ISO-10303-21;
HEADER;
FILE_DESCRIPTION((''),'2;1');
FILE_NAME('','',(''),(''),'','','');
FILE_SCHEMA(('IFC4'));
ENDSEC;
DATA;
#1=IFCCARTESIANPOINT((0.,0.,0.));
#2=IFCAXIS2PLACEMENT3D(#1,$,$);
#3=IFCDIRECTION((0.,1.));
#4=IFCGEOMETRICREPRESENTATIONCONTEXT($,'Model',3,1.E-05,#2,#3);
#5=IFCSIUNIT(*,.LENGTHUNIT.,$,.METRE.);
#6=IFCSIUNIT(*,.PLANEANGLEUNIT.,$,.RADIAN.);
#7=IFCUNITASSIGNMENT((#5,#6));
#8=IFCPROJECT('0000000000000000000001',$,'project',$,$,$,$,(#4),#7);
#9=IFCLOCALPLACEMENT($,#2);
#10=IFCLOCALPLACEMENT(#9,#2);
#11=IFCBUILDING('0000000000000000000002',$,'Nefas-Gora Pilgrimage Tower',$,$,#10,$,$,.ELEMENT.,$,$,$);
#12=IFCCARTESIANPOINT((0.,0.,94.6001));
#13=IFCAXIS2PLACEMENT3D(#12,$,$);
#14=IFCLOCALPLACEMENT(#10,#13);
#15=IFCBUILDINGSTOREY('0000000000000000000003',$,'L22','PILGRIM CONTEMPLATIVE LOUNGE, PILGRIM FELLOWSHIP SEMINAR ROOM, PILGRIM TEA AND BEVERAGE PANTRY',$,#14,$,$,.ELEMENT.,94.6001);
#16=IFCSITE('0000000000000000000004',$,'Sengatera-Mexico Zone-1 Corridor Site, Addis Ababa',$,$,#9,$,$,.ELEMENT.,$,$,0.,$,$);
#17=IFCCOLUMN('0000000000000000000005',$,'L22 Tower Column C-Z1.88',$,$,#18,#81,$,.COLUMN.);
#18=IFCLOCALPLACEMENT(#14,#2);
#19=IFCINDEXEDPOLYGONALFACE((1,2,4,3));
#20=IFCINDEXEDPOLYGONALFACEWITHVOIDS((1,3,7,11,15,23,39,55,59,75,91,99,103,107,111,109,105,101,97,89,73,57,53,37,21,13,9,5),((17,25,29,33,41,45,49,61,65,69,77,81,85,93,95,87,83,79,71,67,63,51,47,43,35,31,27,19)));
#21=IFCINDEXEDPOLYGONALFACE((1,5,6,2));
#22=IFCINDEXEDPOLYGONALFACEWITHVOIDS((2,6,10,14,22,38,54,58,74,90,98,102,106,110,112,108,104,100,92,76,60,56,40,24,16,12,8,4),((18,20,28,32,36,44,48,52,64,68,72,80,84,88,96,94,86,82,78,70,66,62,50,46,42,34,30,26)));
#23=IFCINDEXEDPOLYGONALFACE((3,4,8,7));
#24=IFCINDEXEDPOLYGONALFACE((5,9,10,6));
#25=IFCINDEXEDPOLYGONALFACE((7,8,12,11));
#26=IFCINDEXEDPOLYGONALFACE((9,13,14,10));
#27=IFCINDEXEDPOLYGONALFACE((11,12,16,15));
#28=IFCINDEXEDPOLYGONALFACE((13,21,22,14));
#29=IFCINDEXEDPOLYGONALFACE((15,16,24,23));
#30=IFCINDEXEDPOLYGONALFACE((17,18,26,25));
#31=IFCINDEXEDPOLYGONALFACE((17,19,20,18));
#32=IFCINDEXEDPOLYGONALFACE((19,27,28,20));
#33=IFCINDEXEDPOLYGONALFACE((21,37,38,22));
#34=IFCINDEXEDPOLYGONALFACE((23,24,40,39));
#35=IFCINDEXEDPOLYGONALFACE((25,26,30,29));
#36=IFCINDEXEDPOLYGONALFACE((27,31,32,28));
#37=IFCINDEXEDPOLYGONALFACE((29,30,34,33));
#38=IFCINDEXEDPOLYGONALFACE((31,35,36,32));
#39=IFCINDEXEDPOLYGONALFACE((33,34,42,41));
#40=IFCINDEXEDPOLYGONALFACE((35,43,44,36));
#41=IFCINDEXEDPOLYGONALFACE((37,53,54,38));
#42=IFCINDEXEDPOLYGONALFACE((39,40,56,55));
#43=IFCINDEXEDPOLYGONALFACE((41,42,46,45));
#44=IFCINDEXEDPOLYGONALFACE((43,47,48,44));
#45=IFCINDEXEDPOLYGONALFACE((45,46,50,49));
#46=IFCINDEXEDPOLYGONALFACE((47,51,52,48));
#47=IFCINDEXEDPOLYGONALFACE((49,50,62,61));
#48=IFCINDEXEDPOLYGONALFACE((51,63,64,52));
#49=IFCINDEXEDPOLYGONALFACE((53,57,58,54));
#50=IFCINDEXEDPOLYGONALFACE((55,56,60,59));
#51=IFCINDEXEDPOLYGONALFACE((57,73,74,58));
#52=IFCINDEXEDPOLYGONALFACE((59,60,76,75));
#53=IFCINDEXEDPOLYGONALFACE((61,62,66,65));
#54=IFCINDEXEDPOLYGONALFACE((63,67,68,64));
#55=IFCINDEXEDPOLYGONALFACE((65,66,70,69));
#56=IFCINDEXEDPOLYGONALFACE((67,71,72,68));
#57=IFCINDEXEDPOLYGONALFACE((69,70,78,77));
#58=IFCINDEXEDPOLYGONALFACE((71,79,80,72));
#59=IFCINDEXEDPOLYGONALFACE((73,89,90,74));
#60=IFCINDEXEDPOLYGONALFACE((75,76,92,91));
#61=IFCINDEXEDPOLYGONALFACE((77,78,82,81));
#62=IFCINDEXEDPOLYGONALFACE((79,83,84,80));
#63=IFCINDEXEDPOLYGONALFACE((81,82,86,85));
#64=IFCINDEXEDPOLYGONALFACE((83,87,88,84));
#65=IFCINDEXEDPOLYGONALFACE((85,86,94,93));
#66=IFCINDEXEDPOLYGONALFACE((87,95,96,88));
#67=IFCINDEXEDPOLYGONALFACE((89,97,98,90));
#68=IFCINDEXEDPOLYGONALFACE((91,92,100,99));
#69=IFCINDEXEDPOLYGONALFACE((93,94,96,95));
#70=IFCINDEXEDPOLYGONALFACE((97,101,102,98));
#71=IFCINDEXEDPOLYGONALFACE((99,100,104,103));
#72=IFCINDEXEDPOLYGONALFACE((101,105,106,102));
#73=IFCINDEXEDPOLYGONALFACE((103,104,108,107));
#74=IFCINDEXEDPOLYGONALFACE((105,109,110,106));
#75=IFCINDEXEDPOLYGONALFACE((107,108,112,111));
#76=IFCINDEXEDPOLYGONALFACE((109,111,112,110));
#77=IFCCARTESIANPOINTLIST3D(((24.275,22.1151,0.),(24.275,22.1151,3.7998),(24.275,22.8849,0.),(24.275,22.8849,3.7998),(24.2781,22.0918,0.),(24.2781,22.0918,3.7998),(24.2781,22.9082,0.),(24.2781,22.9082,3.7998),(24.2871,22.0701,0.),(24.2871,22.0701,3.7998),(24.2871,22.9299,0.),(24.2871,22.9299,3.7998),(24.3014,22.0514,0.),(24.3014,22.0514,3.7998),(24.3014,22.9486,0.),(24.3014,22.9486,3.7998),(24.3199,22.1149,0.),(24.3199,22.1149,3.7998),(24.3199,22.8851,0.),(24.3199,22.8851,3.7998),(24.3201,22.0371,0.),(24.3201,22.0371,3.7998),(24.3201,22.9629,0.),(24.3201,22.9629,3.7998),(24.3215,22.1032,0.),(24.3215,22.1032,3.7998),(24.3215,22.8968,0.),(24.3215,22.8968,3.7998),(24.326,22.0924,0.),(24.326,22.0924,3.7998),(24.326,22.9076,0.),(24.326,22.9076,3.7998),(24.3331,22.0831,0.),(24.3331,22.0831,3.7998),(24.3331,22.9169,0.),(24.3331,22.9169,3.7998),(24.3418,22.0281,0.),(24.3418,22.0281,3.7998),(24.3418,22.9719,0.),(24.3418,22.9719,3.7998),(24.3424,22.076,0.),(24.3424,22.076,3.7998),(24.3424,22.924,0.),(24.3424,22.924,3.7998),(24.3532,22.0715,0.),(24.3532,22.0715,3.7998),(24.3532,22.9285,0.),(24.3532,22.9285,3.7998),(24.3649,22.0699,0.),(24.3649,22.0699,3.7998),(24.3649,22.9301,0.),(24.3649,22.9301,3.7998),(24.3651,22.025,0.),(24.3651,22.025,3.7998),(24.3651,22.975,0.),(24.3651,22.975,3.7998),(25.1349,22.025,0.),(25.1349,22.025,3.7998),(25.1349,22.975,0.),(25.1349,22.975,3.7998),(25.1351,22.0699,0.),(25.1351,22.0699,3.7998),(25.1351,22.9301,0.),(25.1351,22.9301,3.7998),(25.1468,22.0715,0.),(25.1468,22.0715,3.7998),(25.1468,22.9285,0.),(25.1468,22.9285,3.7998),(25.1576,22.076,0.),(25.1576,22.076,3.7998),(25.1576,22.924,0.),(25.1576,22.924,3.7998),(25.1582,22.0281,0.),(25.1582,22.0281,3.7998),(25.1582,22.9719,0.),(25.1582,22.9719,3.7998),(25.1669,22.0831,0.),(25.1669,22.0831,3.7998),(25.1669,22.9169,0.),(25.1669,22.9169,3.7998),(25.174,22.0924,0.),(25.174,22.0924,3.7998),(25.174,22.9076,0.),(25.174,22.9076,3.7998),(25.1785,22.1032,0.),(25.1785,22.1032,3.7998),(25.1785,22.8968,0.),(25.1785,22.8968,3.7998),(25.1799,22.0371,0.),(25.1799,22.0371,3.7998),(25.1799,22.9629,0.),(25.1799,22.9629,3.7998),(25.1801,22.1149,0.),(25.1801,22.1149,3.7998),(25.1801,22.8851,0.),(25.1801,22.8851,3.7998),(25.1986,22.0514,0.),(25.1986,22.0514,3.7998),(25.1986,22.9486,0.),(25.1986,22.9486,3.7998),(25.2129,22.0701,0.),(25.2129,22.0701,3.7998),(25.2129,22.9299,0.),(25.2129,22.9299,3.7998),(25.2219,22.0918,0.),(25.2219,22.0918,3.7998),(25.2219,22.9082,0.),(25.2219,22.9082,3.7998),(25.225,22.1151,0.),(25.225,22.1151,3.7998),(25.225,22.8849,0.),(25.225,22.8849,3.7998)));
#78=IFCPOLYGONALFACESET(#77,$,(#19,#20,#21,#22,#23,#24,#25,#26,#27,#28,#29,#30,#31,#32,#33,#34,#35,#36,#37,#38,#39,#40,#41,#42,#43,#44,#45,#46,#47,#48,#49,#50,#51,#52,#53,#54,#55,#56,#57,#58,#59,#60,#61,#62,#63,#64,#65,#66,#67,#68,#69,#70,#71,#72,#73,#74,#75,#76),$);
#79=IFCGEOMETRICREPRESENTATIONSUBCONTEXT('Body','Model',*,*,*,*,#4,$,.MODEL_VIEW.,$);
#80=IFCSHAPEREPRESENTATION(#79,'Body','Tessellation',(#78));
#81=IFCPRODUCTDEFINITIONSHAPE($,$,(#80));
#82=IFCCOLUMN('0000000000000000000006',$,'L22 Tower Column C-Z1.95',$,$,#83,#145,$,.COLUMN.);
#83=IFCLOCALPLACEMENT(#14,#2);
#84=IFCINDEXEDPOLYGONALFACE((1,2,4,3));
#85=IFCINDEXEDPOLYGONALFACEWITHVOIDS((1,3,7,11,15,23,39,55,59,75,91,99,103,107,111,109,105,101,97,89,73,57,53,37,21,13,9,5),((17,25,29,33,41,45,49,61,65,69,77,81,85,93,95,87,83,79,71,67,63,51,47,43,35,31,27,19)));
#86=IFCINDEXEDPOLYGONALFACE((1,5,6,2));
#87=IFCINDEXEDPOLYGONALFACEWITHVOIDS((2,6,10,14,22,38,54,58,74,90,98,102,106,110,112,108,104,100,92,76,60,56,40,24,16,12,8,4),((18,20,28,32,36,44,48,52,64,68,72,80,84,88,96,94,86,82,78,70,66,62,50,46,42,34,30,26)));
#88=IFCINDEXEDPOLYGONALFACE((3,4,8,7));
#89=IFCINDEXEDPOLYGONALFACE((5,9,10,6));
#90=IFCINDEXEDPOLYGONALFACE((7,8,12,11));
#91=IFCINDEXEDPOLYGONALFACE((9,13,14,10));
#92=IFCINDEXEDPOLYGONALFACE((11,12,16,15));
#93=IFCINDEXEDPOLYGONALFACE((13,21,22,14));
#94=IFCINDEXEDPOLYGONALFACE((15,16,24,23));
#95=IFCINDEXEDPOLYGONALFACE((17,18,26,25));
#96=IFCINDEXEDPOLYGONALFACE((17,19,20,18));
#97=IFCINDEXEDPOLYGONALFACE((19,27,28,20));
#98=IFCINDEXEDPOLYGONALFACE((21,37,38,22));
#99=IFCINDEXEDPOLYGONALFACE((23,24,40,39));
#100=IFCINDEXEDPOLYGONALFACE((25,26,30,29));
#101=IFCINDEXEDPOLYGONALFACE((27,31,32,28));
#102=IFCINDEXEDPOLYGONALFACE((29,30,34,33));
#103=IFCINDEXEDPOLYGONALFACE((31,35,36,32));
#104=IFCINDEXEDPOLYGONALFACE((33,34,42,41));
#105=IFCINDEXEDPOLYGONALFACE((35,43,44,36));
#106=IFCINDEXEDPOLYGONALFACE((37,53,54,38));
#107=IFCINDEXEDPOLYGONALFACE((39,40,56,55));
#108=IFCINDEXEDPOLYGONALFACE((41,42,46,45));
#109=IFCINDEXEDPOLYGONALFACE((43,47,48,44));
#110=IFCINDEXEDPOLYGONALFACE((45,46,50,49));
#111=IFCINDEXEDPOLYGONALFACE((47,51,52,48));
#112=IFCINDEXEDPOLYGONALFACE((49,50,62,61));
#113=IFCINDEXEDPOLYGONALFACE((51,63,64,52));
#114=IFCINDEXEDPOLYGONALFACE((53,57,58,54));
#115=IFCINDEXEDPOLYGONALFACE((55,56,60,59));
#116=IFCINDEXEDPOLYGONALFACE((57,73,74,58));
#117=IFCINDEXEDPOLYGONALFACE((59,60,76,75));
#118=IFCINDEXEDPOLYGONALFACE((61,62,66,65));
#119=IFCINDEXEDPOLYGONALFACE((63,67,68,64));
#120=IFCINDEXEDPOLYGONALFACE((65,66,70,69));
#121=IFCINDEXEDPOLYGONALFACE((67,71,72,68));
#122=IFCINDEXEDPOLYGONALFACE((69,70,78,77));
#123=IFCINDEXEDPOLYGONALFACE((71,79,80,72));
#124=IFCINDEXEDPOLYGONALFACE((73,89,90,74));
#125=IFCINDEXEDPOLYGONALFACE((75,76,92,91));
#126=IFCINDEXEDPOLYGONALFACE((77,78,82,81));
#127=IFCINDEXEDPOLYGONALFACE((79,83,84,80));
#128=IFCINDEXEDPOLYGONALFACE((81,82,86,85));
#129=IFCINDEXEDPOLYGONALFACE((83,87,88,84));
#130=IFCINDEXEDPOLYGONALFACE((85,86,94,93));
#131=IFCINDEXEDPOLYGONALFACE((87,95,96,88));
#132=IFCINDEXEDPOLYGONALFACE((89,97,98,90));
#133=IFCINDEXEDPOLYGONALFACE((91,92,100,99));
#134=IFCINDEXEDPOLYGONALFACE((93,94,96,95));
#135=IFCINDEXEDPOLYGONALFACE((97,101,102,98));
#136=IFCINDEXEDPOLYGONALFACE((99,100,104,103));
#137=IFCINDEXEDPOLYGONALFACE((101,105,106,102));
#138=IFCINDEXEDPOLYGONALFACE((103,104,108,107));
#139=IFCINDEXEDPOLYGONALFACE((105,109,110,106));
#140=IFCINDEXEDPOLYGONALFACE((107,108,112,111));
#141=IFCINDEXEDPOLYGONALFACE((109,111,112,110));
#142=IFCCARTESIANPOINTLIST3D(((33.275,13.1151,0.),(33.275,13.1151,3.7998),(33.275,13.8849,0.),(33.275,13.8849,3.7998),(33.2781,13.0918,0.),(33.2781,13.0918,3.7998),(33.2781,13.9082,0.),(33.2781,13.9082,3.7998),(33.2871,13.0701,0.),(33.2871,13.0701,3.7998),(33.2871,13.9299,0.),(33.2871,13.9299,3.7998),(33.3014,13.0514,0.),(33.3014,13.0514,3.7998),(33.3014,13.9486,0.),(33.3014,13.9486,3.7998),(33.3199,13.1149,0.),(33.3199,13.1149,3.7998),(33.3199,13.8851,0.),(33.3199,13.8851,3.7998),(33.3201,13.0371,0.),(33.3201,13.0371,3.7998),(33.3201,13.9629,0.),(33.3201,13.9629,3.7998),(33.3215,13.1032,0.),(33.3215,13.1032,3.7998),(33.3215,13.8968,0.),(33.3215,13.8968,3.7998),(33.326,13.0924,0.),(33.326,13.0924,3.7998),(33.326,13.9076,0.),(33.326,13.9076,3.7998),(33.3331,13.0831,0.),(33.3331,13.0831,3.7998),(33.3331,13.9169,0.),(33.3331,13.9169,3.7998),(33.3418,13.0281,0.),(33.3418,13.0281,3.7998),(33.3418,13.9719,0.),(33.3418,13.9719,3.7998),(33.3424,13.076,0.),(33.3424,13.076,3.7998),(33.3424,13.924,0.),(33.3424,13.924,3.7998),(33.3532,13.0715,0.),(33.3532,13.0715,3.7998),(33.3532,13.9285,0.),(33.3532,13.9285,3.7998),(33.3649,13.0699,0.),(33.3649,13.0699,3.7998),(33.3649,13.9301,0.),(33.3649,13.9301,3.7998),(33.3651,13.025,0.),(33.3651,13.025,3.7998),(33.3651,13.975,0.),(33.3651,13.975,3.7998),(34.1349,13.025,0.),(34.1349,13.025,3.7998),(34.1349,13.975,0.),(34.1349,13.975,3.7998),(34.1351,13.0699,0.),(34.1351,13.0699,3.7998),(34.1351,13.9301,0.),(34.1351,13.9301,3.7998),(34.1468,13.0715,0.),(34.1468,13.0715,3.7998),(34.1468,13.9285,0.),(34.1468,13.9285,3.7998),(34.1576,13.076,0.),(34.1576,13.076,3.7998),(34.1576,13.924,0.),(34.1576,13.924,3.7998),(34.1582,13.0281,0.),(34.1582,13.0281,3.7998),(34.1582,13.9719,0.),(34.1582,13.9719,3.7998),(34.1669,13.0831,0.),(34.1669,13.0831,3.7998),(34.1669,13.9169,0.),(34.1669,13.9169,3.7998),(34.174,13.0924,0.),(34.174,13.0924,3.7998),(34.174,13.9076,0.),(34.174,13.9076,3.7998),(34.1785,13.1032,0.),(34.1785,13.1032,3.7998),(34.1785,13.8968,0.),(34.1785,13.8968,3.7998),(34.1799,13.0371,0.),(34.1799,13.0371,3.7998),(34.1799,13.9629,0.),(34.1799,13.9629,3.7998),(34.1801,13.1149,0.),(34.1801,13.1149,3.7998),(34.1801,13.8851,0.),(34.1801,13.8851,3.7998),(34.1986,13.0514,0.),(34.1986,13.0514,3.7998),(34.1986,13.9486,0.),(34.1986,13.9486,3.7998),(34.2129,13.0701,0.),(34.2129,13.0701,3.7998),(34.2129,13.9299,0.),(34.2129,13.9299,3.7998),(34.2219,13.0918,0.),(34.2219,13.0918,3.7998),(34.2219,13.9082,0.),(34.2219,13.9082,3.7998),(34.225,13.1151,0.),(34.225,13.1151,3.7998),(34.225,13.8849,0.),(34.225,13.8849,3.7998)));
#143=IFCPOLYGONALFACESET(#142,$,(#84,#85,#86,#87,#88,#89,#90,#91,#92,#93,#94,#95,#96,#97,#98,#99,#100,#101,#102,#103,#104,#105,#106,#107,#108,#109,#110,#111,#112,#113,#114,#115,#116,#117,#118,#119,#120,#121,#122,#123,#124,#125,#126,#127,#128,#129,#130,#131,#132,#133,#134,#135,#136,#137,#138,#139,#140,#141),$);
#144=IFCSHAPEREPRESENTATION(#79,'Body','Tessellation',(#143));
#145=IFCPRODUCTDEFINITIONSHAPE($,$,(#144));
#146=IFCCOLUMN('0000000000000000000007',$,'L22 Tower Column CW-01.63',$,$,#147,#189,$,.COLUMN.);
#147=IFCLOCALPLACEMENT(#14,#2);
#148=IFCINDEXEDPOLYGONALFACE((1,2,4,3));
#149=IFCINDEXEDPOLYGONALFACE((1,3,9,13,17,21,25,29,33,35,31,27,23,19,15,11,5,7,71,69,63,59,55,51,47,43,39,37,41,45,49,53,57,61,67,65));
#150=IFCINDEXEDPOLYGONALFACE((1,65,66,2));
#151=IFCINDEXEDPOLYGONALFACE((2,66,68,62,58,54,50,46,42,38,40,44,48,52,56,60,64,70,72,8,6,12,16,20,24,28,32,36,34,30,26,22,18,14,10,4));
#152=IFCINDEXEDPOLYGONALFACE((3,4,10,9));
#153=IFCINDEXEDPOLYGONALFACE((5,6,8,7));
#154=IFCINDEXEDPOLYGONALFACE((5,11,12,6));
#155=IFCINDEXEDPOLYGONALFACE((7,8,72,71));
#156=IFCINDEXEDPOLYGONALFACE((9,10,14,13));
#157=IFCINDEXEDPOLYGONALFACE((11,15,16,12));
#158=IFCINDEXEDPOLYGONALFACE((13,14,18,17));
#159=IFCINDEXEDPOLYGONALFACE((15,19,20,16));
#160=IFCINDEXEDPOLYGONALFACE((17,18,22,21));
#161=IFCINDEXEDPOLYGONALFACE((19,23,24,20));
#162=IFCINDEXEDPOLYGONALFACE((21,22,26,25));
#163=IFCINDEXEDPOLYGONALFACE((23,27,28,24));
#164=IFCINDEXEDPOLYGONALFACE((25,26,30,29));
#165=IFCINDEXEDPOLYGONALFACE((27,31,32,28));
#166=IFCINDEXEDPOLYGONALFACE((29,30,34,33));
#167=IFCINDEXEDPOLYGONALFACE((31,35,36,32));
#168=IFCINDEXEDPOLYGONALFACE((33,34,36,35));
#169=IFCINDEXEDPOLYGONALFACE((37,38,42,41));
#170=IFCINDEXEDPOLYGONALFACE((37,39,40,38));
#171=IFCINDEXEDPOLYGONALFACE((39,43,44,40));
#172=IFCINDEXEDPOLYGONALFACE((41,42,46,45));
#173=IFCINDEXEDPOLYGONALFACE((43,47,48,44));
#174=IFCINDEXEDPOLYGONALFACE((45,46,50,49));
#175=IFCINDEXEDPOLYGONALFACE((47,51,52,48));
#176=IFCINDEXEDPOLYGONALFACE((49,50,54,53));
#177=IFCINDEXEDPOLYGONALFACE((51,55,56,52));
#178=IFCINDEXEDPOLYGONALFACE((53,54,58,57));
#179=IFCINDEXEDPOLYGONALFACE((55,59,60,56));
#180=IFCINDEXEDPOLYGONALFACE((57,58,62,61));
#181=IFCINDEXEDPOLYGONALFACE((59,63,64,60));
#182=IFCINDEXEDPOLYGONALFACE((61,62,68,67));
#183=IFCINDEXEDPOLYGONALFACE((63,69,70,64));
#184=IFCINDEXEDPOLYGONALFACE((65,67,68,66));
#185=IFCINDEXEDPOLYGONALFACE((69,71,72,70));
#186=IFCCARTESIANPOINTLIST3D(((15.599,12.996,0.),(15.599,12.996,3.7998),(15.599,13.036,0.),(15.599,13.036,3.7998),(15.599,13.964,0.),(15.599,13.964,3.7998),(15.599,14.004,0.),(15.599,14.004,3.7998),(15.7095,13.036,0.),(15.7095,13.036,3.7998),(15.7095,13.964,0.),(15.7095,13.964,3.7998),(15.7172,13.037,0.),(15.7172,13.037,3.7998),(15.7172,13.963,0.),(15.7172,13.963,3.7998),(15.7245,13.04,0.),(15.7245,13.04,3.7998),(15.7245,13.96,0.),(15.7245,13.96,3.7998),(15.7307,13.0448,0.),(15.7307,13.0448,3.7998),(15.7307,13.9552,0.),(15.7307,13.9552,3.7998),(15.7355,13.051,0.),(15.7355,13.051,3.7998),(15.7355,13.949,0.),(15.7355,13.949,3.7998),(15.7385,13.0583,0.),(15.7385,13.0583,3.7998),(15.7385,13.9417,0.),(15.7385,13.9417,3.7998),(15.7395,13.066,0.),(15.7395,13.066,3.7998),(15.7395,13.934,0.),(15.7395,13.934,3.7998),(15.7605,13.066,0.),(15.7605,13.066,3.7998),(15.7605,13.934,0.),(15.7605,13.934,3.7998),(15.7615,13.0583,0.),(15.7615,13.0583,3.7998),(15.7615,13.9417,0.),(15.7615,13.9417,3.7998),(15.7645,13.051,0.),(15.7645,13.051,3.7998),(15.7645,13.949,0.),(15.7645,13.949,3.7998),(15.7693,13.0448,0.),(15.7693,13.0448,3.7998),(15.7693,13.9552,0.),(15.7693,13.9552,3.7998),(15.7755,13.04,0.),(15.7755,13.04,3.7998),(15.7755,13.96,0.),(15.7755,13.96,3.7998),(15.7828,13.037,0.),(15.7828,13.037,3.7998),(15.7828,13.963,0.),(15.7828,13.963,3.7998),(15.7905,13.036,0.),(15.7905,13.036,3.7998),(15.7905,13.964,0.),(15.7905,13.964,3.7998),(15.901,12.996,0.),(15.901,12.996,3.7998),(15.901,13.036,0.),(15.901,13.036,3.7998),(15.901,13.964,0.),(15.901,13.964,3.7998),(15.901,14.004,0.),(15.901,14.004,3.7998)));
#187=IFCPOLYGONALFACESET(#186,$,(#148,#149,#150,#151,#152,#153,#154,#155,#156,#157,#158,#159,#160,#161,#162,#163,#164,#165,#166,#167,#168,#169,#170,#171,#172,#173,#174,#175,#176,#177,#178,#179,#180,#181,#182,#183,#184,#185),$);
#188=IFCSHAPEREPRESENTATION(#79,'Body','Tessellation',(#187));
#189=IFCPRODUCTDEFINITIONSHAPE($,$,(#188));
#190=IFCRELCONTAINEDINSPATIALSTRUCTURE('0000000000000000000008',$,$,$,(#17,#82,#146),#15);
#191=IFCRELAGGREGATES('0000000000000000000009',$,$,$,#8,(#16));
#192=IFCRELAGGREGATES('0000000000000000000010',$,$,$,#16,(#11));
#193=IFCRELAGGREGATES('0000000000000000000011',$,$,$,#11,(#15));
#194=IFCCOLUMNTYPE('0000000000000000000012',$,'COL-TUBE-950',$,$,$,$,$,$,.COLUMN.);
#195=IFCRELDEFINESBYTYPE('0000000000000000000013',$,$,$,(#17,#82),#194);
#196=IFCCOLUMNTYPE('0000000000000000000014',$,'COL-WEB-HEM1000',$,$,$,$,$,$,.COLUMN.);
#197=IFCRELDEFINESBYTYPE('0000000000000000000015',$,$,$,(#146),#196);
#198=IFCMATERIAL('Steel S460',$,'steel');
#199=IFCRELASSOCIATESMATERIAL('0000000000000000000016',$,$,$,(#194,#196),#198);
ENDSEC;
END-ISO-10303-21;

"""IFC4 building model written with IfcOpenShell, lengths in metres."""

from ifc_helpers import new_model, si_unit, direction, frame, origin, origin_2d, place, context, subcontext, project, spatial, hollow_rectangle, i_section, extrude, source, transform, mapped, material, material_profile, profile_set, type_object, element, save


model = new_model("IFC4")

# Units and contexts
model_context = context("Model", 3, precision=1e-05, world=origin(), true_north=direction((0.0, 1.0)))
body_context = subcontext(model_context, "Body", "Model", "MODEL_VIEW")
ifc_project = project(units=[si_unit("LENGTHUNIT", "METRE"), si_unit("PLANEANGLEUNIT", "RADIAN")], contexts=[model_context])

# Site, building, storey
site_placement = place(None, origin())
site = spatial("IfcSite", under=ifc_project, at=site_placement, Name="Sengatera-Mexico Zone-1 Corridor Site, Addis Ababa", CompositionType="ELEMENT", RefElevation=0.0)
building_placement = place(site_placement, origin())
building = spatial("IfcBuilding", under=site, at=building_placement, Name="Nefas-Gora Pilgrimage Tower", CompositionType="ELEMENT")
storey_placement = place(building_placement, frame((0.0, 0.0, 94.6001)))
storey = spatial("IfcBuildingStorey", under=building, at=storey_placement, Name="L22", Description="PILGRIM CONTEMPLATIVE LOUNGE, PILGRIM FELLOWSHIP SEMINAR ROOM, PILGRIM TEA AND BEVERAGE PANTRY", CompositionType="ELEMENT", Elevation=94.6001)

# Columns
ifc_material_1 = material(Name="Steel S460", Category="steel")
ifc_material_profile_1 = material_profile(ifc_material_1, hollow_rectangle(XDim=0.95, YDim=0.95, WallThickness=0.0449, InnerFilletRadius=0.0449, OuterFilletRadius=0.0901, at=origin_2d()), Name="BOX 950x950x45")
ifc_profile_set_1 = profile_set([ifc_material_profile_1], Name="Steel S460")
column_type_1 = type_object("IfcColumnType", Name="COL-TUBE-950", PredefinedType="COLUMN", material=ifc_profile_set_1)
shared_shape_1 = source(origin(), body_context, "Body", "SweptSolid", [
    extrude(hollow_rectangle(XDim=0.95, YDim=0.95, WallThickness=0.0449, InnerFilletRadius=0.0449, OuterFilletRadius=0.0901, at=origin_2d()), origin(), (0.0, 0.0, 1.0), 3.7998),
])
for number, where, z_axis, x_axis, name in (
    (1, (24.75, 22.5, 0.0), (0.0, 0.0, 1.0), (1.0, 0.0, 0.0), "L22 Tower Column C-Z1.88"),
    (2, (33.75, 13.5, 0.0), (0.0, 0.0, 1.0), (1.0, 0.0, 0.0), "L22 Tower Column C-Z1.95"),
):
    element("IfcColumn", number, at=place(storey_placement, frame(where, z_axis=z_axis, x_axis=x_axis)), inside=storey, type_object=column_type_1, Name=name, PredefinedType="COLUMN", context=body_context, shape_type="MappedRepresentation", body=[
        mapped(shared_shape_1, transform((0.0, 0.0, 0.0), x_axis=(1.0, 0.0, 0.0), y_axis=(0.0, 1.0, 0.0), z_axis=(0.0, 0.0, 1.0), scale=1.0)),
    ])
ifc_material_profile_2 = material_profile(ifc_material_1, i_section(OverallWidth=0.302, OverallDepth=1.0081, WebThickness=0.021, FlangeThickness=0.04, FilletRadius=0.03, at=origin_2d()), Name="HEM 1000")
ifc_profile_set_2 = profile_set([ifc_material_profile_2], Name="Steel S460")
column_type_2 = type_object("IfcColumnType", Name="COL-WEB-HEM1000", PredefinedType="COLUMN", material=ifc_profile_set_2)
shared_shape_2 = source(origin(), body_context, "Body", "SweptSolid", [
    extrude(i_section(OverallWidth=0.302, OverallDepth=1.0081, WebThickness=0.021, FlangeThickness=0.04, FilletRadius=0.03, at=origin_2d()), origin(), (0.0, 0.0, 1.0), 3.7998),
])
for number, where, z_axis, x_axis, name in (
    (3, (15.75, 13.5, 0.0), (0.0, 0.0, 1.0), (1.0, 0.0, 0.0), "L22 Tower Column CW-01.63"),
):
    element("IfcColumn", number, at=place(storey_placement, frame(where, z_axis=z_axis, x_axis=x_axis)), inside=storey, type_object=column_type_2, Name=name, PredefinedType="COLUMN", context=body_context, shape_type="MappedRepresentation", body=[
        mapped(shared_shape_2, transform((0.0, 0.0, 0.0), x_axis=(1.0, 0.0, 0.0), y_axis=(0.0, 1.0, 0.0), z_axis=(0.0, 0.0, 1.0), scale=1.0)),
    ])

save(model, "model.ifc")
